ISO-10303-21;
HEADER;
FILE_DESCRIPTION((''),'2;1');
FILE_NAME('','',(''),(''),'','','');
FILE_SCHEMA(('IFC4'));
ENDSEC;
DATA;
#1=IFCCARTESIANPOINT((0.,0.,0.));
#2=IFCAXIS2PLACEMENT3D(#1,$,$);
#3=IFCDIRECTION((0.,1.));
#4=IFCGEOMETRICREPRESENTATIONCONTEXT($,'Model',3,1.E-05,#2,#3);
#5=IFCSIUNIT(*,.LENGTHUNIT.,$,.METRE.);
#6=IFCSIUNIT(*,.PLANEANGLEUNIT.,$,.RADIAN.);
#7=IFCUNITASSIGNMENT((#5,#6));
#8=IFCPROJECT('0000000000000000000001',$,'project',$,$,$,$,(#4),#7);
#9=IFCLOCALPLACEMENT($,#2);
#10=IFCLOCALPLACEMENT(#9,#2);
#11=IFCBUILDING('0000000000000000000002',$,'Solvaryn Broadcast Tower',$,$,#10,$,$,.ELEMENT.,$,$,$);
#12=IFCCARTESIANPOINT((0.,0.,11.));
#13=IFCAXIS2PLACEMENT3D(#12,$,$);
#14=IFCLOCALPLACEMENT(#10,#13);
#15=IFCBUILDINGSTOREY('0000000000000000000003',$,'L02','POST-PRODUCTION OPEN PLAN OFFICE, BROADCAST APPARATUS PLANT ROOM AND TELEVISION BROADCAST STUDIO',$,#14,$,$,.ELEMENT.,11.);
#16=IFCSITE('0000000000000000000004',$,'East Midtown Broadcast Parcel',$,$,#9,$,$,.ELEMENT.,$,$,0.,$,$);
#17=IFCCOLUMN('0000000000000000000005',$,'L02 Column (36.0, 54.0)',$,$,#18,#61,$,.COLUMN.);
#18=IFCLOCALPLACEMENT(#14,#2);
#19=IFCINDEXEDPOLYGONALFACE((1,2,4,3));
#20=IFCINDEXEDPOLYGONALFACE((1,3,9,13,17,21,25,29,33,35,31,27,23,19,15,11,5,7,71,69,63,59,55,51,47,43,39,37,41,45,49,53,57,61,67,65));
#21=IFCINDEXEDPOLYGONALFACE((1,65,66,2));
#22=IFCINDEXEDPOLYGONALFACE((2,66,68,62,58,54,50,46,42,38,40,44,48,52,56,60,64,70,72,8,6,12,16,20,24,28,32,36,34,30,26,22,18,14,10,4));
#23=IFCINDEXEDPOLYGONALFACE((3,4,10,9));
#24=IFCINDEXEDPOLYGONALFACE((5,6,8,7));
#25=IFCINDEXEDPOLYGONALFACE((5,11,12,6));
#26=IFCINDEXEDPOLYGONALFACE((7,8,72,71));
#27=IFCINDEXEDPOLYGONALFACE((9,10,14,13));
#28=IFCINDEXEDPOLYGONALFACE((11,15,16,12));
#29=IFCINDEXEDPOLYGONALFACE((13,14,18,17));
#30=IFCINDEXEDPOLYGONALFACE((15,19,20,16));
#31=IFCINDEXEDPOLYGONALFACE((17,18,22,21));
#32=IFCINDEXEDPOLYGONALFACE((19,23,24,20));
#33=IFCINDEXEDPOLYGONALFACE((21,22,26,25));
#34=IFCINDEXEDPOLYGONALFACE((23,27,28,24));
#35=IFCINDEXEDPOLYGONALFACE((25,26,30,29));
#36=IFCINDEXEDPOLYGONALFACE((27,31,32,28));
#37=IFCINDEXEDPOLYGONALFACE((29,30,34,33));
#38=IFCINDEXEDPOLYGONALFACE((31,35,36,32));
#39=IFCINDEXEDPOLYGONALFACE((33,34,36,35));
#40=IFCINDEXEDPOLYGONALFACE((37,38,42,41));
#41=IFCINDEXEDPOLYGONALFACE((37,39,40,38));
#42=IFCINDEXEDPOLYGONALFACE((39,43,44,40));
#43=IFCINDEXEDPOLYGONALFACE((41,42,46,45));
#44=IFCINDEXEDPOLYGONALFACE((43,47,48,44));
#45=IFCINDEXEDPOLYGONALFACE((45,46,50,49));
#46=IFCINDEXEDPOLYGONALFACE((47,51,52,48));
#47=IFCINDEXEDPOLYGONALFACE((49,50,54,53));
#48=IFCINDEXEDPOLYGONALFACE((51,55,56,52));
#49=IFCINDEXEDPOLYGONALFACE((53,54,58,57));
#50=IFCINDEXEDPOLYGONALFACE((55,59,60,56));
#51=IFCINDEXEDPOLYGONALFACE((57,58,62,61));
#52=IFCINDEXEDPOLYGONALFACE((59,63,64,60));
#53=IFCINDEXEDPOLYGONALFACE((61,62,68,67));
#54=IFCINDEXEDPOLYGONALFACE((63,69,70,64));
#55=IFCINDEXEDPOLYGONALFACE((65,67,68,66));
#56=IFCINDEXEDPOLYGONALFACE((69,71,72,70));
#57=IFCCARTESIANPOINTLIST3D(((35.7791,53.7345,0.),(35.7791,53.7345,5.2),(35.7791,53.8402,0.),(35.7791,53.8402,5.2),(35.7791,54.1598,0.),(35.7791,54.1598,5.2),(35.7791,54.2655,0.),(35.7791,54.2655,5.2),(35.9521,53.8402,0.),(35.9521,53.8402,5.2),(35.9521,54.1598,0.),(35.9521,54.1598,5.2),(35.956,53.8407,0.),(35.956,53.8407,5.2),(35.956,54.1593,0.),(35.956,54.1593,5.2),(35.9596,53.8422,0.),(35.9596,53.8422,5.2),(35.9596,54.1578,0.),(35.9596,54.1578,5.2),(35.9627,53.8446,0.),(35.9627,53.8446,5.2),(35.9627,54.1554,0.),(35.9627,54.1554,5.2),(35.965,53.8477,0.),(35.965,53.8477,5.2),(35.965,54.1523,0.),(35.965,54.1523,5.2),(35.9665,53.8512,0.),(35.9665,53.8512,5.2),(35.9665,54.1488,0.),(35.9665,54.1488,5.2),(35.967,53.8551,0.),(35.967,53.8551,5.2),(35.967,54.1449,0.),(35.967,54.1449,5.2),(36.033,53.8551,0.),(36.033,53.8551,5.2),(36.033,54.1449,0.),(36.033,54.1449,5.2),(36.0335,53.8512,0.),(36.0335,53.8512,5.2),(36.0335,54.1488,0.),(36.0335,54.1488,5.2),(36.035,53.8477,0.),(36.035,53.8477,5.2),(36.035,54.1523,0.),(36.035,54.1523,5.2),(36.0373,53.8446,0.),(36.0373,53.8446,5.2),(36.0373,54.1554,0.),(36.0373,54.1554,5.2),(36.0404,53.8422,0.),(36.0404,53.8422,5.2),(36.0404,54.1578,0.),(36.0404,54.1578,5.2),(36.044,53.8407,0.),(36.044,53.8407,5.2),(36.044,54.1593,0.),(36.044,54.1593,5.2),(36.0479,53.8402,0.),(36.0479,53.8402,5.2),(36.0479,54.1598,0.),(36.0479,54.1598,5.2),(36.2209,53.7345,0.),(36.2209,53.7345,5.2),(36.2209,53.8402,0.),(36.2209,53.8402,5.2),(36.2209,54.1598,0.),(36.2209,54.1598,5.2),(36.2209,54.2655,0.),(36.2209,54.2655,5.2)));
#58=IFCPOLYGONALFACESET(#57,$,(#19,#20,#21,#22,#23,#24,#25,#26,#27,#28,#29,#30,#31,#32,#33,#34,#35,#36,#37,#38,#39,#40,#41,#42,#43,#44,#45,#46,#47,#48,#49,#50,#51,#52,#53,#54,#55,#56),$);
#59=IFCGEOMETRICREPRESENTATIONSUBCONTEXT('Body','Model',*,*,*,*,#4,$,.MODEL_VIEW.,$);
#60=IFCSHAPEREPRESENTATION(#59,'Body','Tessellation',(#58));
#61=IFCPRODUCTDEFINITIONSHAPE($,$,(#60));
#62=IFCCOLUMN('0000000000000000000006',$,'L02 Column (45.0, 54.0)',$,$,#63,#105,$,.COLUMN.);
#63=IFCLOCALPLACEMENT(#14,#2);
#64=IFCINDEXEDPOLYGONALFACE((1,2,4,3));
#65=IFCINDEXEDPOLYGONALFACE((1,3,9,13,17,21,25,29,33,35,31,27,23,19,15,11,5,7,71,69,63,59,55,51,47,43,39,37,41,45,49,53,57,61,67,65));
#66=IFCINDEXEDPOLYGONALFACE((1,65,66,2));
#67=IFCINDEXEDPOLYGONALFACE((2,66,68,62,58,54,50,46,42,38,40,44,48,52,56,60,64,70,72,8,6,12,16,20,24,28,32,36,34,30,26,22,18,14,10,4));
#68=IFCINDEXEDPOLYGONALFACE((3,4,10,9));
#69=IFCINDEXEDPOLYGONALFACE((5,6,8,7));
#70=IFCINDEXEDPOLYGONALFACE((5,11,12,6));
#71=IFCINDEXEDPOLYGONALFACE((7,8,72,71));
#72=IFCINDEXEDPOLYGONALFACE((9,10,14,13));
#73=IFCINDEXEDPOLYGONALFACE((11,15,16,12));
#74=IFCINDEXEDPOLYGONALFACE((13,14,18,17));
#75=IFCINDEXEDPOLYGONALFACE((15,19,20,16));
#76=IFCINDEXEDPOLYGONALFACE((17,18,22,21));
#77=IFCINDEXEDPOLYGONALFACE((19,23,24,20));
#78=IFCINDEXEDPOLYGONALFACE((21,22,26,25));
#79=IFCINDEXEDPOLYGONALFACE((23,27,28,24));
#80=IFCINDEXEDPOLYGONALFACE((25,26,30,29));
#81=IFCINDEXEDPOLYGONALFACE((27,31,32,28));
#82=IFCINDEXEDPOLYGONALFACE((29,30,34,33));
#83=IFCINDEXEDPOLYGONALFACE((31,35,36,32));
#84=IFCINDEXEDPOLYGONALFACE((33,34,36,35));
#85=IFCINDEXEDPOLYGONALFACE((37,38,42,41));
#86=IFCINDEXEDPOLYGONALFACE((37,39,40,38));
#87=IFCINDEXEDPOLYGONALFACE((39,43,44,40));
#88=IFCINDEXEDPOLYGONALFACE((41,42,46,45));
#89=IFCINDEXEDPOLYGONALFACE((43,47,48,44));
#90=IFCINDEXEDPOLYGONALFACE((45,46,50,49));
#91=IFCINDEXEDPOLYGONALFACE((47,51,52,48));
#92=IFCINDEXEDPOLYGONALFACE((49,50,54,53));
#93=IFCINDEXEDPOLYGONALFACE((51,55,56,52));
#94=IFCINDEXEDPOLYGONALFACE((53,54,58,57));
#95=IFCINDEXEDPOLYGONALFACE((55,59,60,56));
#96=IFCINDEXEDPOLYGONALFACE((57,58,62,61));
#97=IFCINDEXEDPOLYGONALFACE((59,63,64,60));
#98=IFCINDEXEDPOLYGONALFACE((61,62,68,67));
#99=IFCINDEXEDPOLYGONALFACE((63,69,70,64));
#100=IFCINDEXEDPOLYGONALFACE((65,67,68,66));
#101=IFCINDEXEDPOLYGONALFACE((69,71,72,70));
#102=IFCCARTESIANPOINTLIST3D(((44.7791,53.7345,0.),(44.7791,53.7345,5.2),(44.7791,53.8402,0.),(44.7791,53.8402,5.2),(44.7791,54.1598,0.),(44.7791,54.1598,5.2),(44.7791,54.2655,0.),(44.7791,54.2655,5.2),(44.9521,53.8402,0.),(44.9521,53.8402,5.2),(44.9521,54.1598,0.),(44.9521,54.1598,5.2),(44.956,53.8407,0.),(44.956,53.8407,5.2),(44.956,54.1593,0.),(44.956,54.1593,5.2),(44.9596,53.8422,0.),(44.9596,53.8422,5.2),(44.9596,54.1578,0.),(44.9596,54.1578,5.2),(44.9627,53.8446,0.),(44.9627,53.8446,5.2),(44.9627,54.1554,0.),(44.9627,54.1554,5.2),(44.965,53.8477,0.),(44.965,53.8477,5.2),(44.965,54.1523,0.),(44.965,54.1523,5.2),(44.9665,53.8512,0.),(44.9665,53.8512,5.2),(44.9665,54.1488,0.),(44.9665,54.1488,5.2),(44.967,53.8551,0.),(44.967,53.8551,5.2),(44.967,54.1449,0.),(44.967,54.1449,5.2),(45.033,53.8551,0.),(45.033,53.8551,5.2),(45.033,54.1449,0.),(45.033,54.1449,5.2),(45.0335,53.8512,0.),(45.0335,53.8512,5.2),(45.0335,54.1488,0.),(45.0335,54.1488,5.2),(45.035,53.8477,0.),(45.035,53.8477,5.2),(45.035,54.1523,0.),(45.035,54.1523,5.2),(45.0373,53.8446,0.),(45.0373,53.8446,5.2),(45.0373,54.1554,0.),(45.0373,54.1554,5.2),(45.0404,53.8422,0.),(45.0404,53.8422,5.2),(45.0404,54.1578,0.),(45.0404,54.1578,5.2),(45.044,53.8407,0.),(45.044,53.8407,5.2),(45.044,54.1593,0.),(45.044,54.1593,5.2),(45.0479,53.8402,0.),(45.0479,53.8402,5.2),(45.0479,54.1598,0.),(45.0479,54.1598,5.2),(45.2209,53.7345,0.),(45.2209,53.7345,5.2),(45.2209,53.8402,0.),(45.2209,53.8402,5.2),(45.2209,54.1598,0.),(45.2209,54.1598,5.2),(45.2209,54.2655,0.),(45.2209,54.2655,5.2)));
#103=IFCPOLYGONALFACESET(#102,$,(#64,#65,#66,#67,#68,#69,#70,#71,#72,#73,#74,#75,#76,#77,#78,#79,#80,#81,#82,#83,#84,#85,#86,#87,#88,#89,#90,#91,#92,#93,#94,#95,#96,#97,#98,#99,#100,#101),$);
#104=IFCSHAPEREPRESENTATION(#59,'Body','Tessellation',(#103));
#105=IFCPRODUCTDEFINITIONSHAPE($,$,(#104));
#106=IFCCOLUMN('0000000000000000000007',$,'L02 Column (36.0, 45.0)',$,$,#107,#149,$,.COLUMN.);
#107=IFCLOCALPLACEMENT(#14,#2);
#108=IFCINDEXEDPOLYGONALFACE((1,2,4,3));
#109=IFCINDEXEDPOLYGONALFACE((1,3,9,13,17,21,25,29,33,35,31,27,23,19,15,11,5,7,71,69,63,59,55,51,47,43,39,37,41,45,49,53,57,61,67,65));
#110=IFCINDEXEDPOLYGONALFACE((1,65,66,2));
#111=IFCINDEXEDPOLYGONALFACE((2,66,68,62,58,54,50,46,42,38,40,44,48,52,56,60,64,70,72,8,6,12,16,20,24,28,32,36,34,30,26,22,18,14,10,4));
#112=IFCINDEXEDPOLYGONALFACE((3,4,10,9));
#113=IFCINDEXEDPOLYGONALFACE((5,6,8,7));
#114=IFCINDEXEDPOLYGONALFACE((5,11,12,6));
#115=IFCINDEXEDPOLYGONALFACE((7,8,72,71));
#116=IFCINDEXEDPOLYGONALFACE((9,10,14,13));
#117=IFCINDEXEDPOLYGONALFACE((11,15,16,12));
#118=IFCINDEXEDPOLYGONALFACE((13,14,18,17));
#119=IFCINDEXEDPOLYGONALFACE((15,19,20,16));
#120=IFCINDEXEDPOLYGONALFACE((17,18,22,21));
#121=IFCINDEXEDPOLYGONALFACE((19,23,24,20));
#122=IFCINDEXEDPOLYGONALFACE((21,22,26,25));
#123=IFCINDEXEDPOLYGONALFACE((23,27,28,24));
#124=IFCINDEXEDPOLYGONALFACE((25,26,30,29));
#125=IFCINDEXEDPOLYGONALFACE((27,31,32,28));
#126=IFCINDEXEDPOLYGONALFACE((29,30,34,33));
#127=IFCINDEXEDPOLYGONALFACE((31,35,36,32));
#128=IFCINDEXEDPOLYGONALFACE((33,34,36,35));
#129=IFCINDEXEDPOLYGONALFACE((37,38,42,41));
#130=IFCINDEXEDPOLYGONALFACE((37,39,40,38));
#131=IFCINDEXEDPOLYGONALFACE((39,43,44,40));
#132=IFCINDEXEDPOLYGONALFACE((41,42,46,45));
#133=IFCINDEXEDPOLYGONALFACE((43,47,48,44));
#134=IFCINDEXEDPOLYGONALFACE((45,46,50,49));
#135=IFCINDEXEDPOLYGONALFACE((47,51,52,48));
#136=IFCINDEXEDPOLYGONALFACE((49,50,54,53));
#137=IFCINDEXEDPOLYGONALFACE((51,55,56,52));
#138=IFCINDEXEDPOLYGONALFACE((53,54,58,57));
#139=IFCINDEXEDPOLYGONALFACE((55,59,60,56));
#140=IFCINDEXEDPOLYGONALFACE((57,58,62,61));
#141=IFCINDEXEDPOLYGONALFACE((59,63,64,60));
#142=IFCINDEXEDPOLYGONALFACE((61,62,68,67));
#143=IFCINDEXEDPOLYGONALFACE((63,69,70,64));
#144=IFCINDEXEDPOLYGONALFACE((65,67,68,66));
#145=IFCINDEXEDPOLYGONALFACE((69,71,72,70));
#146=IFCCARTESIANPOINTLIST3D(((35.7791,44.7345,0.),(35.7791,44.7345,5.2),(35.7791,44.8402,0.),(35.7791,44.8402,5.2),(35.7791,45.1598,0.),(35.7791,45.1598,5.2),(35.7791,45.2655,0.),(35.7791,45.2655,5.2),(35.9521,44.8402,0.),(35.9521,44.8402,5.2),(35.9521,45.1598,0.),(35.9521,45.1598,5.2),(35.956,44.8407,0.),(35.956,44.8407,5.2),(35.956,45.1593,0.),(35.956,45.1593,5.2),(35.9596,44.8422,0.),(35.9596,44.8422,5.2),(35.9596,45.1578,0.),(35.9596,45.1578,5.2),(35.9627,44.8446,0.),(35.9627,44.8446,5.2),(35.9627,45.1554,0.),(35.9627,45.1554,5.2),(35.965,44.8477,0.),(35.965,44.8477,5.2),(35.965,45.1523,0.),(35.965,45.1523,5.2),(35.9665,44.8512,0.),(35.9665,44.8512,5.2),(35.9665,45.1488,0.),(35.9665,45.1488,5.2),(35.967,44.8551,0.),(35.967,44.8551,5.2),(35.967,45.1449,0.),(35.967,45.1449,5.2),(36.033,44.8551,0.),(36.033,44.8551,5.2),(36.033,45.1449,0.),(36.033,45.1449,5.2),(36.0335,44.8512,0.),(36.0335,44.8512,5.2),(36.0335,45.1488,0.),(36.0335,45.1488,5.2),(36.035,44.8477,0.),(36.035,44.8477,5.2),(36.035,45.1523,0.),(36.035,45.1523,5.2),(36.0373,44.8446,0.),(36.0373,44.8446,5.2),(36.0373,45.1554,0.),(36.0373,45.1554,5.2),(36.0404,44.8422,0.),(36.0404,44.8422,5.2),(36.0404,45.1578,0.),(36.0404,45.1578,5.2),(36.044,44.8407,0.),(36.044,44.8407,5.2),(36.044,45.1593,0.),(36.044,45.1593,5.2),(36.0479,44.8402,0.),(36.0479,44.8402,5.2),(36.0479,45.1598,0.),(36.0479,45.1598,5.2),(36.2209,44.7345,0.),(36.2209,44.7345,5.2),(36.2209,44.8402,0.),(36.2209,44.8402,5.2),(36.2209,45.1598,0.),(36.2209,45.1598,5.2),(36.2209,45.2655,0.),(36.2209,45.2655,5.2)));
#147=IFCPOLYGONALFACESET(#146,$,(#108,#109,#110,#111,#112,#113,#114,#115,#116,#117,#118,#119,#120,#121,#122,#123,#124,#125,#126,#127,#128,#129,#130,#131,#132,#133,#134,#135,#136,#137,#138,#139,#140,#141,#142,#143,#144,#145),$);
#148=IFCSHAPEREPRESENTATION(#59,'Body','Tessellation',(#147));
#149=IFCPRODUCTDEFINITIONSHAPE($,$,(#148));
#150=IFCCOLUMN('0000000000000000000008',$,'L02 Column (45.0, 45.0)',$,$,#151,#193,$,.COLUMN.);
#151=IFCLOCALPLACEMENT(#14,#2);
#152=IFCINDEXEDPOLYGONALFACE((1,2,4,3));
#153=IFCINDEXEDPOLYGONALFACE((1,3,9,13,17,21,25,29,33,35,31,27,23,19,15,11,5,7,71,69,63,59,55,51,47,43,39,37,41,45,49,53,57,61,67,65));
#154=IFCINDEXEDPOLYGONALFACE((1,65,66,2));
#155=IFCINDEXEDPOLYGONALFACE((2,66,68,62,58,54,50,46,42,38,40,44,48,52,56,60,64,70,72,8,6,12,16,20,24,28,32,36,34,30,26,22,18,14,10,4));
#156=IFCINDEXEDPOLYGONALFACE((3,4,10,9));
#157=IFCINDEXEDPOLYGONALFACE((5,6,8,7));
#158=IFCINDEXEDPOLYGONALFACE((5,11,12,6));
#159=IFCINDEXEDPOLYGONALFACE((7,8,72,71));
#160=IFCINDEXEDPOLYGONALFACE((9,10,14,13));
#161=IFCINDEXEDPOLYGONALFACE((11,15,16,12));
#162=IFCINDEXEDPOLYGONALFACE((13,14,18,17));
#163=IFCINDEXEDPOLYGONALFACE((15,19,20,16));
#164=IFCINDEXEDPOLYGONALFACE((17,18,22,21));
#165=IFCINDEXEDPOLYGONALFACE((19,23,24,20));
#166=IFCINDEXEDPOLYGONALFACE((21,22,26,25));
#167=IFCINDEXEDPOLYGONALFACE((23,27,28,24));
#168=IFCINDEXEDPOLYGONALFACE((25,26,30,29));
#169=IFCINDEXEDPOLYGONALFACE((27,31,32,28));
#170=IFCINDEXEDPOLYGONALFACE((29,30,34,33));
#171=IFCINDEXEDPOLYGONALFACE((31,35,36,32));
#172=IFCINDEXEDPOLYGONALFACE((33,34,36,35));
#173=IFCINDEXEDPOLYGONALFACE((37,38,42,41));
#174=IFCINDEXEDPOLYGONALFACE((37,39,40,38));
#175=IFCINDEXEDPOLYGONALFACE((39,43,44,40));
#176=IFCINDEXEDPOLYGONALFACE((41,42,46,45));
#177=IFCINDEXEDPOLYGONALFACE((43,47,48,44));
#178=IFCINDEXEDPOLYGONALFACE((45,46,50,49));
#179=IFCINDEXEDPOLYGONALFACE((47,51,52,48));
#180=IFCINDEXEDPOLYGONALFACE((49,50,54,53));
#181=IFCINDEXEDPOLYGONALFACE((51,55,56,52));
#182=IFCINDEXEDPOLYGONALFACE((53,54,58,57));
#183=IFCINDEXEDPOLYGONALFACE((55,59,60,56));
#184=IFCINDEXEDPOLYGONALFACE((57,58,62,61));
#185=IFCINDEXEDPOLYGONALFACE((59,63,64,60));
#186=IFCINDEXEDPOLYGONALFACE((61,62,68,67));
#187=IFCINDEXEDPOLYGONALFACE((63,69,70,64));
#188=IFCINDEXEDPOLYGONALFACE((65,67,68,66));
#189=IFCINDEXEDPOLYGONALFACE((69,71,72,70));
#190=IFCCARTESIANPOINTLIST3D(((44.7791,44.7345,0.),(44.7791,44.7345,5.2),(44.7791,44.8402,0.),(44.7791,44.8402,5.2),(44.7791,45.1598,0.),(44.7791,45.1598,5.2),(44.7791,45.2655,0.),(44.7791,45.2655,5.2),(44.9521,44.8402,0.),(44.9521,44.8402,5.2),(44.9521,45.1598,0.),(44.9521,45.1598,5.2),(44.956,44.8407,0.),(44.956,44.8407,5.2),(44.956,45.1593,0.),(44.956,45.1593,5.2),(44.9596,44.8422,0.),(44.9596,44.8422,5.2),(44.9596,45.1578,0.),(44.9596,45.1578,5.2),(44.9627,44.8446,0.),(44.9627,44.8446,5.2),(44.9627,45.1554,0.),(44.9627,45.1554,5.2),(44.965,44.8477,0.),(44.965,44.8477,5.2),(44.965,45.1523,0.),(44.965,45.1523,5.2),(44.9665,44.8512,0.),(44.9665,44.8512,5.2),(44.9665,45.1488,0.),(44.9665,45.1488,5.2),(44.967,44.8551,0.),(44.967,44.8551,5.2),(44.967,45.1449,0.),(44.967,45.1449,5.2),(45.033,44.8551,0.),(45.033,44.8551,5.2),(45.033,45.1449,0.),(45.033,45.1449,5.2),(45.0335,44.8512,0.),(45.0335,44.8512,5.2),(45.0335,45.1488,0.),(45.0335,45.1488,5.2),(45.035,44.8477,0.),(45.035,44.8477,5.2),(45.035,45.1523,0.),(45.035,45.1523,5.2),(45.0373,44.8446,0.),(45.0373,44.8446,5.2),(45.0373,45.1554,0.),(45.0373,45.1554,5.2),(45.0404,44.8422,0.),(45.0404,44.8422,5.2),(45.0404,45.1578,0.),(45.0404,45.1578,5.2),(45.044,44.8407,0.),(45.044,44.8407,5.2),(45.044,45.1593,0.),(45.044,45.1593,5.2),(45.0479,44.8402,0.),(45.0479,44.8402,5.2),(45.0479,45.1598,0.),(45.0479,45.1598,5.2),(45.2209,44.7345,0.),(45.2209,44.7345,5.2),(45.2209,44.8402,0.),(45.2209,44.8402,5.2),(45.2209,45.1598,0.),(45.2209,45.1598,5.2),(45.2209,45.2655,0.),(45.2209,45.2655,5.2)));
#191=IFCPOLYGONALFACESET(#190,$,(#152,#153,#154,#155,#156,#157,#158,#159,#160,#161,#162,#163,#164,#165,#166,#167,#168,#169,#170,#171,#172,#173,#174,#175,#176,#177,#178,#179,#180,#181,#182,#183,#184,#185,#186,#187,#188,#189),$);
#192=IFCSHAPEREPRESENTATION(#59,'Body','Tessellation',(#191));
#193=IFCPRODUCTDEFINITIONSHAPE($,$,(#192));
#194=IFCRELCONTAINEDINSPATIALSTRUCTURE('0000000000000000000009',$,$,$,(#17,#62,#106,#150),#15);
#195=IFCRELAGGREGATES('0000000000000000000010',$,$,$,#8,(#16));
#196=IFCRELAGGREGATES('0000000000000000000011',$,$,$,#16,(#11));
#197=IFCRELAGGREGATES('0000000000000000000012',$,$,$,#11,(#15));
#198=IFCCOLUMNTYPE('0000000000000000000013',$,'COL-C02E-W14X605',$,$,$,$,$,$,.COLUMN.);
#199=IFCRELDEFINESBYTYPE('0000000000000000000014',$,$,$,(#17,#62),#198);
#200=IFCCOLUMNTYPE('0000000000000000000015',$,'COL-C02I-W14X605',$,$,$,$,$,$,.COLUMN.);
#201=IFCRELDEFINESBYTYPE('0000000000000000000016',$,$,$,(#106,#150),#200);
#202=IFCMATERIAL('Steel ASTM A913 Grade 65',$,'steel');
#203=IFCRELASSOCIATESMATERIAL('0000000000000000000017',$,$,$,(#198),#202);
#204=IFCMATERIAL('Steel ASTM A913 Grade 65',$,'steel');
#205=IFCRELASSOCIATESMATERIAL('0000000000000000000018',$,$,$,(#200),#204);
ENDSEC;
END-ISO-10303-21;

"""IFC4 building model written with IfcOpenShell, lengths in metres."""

from ifc_helpers import new_model, si_unit, direction, frame, origin, origin_2d, place, context, subcontext, project, spatial, i_section, extrude, material, material_profile, profile_set, type_object, element, save


model = new_model("IFC4")

# Units and contexts
model_context = context("Model", 3, precision=1e-05, world=origin(), true_north=direction((0.0, 1.0)))
body_context = subcontext(model_context, "Body", "Model", "MODEL_VIEW")
ifc_project = project(units=[si_unit("LENGTHUNIT", "METRE"), si_unit("PLANEANGLEUNIT", "RADIAN")], contexts=[model_context])

# Site, building, storey
site_placement = place(None, origin())
site = spatial("IfcSite", under=ifc_project, at=site_placement, Name="East Midtown Broadcast Parcel", CompositionType="ELEMENT", RefElevation=0.0)
building_placement = place(site_placement, origin())
building = spatial("IfcBuilding", under=site, at=building_placement, Name="Solvaryn Broadcast Tower", CompositionType="ELEMENT")
storey_placement = place(building_placement, frame((0.0, 0.0, 11.0)))
storey = spatial("IfcBuildingStorey", under=building, at=storey_placement, Name="L02", Description="POST-PRODUCTION OPEN PLAN OFFICE, BROADCAST APPARATUS PLANT ROOM AND TELEVISION BROADCAST STUDIO", CompositionType="ELEMENT", Elevation=11.0)

# Columns
ifc_material_1 = material(Name="Steel ASTM A913 Grade 65", Category="steel")
ifc_material_profile_1 = material_profile(ifc_material_1, i_section(OverallWidth=0.4419, OverallDepth=0.531, WebThickness=0.0659, FlangeThickness=0.1057, FilletRadius=0.0149, at=origin_2d()))
ifc_profile_set_1 = profile_set([ifc_material_profile_1], Name="Steel ASTM A913 Grade 65")
column_type_1 = type_object("IfcColumnType", Name="COL-C02E-W14X605", PredefinedType="COLUMN", material=ifc_profile_set_1)
for number, where, z_axis, x_axis, name in (
    (1, (36.0, 54.0, 0.0), (0.0, 0.0, 1.0), (1.0, 0.0, 0.0), "L02 Column (36.0, 54.0)"),
    (2, (45.0, 54.0, 0.0), (0.0, 0.0, 1.0), (1.0, 0.0, 0.0), "L02 Column (45.0, 54.0)"),
):
    element("IfcColumn", number, at=place(storey_placement, frame(where, z_axis=z_axis, x_axis=x_axis)), inside=storey, type_object=column_type_1, Name=name, PredefinedType="COLUMN", context=body_context, shape_type="SweptSolid", body=[
        extrude(i_section(OverallWidth=0.4419, OverallDepth=0.531, WebThickness=0.0659, FlangeThickness=0.1057, FilletRadius=0.0149, at=origin_2d()), origin(), (0.0, 0.0, 1.0), 5.2),
    ])
ifc_material_2 = material(Name="Steel ASTM A913 Grade 65", Category="steel")
ifc_material_profile_2 = material_profile(ifc_material_2, i_section(OverallWidth=0.4419, OverallDepth=0.531, WebThickness=0.0659, FlangeThickness=0.1057, FilletRadius=0.0149, at=origin_2d()))
ifc_profile_set_2 = profile_set([ifc_material_profile_2], Name="Steel ASTM A913 Grade 65")
column_type_2 = type_object("IfcColumnType", Name="COL-C02I-W14X605", PredefinedType="COLUMN", material=ifc_profile_set_2)
for number, where, z_axis, x_axis, name in (
    (3, (36.0, 45.0, 0.0), (0.0, 0.0, 1.0), (1.0, 0.0, 0.0), "L02 Column (36.0, 45.0)"),
    (4, (45.0, 45.0, 0.0), (0.0, 0.0, 1.0), (1.0, 0.0, 0.0), "L02 Column (45.0, 45.0)"),
):
    element("IfcColumn", number, at=place(storey_placement, frame(where, z_axis=z_axis, x_axis=x_axis)), inside=storey, type_object=column_type_2, Name=name, PredefinedType="COLUMN", context=body_context, shape_type="SweptSolid", body=[
        extrude(i_section(OverallWidth=0.4419, OverallDepth=0.531, WebThickness=0.0659, FlangeThickness=0.1057, FilletRadius=0.0149, at=origin_2d()), origin(), (0.0, 0.0, 1.0), 5.2),
    ])

save(model, "model.ifc")
